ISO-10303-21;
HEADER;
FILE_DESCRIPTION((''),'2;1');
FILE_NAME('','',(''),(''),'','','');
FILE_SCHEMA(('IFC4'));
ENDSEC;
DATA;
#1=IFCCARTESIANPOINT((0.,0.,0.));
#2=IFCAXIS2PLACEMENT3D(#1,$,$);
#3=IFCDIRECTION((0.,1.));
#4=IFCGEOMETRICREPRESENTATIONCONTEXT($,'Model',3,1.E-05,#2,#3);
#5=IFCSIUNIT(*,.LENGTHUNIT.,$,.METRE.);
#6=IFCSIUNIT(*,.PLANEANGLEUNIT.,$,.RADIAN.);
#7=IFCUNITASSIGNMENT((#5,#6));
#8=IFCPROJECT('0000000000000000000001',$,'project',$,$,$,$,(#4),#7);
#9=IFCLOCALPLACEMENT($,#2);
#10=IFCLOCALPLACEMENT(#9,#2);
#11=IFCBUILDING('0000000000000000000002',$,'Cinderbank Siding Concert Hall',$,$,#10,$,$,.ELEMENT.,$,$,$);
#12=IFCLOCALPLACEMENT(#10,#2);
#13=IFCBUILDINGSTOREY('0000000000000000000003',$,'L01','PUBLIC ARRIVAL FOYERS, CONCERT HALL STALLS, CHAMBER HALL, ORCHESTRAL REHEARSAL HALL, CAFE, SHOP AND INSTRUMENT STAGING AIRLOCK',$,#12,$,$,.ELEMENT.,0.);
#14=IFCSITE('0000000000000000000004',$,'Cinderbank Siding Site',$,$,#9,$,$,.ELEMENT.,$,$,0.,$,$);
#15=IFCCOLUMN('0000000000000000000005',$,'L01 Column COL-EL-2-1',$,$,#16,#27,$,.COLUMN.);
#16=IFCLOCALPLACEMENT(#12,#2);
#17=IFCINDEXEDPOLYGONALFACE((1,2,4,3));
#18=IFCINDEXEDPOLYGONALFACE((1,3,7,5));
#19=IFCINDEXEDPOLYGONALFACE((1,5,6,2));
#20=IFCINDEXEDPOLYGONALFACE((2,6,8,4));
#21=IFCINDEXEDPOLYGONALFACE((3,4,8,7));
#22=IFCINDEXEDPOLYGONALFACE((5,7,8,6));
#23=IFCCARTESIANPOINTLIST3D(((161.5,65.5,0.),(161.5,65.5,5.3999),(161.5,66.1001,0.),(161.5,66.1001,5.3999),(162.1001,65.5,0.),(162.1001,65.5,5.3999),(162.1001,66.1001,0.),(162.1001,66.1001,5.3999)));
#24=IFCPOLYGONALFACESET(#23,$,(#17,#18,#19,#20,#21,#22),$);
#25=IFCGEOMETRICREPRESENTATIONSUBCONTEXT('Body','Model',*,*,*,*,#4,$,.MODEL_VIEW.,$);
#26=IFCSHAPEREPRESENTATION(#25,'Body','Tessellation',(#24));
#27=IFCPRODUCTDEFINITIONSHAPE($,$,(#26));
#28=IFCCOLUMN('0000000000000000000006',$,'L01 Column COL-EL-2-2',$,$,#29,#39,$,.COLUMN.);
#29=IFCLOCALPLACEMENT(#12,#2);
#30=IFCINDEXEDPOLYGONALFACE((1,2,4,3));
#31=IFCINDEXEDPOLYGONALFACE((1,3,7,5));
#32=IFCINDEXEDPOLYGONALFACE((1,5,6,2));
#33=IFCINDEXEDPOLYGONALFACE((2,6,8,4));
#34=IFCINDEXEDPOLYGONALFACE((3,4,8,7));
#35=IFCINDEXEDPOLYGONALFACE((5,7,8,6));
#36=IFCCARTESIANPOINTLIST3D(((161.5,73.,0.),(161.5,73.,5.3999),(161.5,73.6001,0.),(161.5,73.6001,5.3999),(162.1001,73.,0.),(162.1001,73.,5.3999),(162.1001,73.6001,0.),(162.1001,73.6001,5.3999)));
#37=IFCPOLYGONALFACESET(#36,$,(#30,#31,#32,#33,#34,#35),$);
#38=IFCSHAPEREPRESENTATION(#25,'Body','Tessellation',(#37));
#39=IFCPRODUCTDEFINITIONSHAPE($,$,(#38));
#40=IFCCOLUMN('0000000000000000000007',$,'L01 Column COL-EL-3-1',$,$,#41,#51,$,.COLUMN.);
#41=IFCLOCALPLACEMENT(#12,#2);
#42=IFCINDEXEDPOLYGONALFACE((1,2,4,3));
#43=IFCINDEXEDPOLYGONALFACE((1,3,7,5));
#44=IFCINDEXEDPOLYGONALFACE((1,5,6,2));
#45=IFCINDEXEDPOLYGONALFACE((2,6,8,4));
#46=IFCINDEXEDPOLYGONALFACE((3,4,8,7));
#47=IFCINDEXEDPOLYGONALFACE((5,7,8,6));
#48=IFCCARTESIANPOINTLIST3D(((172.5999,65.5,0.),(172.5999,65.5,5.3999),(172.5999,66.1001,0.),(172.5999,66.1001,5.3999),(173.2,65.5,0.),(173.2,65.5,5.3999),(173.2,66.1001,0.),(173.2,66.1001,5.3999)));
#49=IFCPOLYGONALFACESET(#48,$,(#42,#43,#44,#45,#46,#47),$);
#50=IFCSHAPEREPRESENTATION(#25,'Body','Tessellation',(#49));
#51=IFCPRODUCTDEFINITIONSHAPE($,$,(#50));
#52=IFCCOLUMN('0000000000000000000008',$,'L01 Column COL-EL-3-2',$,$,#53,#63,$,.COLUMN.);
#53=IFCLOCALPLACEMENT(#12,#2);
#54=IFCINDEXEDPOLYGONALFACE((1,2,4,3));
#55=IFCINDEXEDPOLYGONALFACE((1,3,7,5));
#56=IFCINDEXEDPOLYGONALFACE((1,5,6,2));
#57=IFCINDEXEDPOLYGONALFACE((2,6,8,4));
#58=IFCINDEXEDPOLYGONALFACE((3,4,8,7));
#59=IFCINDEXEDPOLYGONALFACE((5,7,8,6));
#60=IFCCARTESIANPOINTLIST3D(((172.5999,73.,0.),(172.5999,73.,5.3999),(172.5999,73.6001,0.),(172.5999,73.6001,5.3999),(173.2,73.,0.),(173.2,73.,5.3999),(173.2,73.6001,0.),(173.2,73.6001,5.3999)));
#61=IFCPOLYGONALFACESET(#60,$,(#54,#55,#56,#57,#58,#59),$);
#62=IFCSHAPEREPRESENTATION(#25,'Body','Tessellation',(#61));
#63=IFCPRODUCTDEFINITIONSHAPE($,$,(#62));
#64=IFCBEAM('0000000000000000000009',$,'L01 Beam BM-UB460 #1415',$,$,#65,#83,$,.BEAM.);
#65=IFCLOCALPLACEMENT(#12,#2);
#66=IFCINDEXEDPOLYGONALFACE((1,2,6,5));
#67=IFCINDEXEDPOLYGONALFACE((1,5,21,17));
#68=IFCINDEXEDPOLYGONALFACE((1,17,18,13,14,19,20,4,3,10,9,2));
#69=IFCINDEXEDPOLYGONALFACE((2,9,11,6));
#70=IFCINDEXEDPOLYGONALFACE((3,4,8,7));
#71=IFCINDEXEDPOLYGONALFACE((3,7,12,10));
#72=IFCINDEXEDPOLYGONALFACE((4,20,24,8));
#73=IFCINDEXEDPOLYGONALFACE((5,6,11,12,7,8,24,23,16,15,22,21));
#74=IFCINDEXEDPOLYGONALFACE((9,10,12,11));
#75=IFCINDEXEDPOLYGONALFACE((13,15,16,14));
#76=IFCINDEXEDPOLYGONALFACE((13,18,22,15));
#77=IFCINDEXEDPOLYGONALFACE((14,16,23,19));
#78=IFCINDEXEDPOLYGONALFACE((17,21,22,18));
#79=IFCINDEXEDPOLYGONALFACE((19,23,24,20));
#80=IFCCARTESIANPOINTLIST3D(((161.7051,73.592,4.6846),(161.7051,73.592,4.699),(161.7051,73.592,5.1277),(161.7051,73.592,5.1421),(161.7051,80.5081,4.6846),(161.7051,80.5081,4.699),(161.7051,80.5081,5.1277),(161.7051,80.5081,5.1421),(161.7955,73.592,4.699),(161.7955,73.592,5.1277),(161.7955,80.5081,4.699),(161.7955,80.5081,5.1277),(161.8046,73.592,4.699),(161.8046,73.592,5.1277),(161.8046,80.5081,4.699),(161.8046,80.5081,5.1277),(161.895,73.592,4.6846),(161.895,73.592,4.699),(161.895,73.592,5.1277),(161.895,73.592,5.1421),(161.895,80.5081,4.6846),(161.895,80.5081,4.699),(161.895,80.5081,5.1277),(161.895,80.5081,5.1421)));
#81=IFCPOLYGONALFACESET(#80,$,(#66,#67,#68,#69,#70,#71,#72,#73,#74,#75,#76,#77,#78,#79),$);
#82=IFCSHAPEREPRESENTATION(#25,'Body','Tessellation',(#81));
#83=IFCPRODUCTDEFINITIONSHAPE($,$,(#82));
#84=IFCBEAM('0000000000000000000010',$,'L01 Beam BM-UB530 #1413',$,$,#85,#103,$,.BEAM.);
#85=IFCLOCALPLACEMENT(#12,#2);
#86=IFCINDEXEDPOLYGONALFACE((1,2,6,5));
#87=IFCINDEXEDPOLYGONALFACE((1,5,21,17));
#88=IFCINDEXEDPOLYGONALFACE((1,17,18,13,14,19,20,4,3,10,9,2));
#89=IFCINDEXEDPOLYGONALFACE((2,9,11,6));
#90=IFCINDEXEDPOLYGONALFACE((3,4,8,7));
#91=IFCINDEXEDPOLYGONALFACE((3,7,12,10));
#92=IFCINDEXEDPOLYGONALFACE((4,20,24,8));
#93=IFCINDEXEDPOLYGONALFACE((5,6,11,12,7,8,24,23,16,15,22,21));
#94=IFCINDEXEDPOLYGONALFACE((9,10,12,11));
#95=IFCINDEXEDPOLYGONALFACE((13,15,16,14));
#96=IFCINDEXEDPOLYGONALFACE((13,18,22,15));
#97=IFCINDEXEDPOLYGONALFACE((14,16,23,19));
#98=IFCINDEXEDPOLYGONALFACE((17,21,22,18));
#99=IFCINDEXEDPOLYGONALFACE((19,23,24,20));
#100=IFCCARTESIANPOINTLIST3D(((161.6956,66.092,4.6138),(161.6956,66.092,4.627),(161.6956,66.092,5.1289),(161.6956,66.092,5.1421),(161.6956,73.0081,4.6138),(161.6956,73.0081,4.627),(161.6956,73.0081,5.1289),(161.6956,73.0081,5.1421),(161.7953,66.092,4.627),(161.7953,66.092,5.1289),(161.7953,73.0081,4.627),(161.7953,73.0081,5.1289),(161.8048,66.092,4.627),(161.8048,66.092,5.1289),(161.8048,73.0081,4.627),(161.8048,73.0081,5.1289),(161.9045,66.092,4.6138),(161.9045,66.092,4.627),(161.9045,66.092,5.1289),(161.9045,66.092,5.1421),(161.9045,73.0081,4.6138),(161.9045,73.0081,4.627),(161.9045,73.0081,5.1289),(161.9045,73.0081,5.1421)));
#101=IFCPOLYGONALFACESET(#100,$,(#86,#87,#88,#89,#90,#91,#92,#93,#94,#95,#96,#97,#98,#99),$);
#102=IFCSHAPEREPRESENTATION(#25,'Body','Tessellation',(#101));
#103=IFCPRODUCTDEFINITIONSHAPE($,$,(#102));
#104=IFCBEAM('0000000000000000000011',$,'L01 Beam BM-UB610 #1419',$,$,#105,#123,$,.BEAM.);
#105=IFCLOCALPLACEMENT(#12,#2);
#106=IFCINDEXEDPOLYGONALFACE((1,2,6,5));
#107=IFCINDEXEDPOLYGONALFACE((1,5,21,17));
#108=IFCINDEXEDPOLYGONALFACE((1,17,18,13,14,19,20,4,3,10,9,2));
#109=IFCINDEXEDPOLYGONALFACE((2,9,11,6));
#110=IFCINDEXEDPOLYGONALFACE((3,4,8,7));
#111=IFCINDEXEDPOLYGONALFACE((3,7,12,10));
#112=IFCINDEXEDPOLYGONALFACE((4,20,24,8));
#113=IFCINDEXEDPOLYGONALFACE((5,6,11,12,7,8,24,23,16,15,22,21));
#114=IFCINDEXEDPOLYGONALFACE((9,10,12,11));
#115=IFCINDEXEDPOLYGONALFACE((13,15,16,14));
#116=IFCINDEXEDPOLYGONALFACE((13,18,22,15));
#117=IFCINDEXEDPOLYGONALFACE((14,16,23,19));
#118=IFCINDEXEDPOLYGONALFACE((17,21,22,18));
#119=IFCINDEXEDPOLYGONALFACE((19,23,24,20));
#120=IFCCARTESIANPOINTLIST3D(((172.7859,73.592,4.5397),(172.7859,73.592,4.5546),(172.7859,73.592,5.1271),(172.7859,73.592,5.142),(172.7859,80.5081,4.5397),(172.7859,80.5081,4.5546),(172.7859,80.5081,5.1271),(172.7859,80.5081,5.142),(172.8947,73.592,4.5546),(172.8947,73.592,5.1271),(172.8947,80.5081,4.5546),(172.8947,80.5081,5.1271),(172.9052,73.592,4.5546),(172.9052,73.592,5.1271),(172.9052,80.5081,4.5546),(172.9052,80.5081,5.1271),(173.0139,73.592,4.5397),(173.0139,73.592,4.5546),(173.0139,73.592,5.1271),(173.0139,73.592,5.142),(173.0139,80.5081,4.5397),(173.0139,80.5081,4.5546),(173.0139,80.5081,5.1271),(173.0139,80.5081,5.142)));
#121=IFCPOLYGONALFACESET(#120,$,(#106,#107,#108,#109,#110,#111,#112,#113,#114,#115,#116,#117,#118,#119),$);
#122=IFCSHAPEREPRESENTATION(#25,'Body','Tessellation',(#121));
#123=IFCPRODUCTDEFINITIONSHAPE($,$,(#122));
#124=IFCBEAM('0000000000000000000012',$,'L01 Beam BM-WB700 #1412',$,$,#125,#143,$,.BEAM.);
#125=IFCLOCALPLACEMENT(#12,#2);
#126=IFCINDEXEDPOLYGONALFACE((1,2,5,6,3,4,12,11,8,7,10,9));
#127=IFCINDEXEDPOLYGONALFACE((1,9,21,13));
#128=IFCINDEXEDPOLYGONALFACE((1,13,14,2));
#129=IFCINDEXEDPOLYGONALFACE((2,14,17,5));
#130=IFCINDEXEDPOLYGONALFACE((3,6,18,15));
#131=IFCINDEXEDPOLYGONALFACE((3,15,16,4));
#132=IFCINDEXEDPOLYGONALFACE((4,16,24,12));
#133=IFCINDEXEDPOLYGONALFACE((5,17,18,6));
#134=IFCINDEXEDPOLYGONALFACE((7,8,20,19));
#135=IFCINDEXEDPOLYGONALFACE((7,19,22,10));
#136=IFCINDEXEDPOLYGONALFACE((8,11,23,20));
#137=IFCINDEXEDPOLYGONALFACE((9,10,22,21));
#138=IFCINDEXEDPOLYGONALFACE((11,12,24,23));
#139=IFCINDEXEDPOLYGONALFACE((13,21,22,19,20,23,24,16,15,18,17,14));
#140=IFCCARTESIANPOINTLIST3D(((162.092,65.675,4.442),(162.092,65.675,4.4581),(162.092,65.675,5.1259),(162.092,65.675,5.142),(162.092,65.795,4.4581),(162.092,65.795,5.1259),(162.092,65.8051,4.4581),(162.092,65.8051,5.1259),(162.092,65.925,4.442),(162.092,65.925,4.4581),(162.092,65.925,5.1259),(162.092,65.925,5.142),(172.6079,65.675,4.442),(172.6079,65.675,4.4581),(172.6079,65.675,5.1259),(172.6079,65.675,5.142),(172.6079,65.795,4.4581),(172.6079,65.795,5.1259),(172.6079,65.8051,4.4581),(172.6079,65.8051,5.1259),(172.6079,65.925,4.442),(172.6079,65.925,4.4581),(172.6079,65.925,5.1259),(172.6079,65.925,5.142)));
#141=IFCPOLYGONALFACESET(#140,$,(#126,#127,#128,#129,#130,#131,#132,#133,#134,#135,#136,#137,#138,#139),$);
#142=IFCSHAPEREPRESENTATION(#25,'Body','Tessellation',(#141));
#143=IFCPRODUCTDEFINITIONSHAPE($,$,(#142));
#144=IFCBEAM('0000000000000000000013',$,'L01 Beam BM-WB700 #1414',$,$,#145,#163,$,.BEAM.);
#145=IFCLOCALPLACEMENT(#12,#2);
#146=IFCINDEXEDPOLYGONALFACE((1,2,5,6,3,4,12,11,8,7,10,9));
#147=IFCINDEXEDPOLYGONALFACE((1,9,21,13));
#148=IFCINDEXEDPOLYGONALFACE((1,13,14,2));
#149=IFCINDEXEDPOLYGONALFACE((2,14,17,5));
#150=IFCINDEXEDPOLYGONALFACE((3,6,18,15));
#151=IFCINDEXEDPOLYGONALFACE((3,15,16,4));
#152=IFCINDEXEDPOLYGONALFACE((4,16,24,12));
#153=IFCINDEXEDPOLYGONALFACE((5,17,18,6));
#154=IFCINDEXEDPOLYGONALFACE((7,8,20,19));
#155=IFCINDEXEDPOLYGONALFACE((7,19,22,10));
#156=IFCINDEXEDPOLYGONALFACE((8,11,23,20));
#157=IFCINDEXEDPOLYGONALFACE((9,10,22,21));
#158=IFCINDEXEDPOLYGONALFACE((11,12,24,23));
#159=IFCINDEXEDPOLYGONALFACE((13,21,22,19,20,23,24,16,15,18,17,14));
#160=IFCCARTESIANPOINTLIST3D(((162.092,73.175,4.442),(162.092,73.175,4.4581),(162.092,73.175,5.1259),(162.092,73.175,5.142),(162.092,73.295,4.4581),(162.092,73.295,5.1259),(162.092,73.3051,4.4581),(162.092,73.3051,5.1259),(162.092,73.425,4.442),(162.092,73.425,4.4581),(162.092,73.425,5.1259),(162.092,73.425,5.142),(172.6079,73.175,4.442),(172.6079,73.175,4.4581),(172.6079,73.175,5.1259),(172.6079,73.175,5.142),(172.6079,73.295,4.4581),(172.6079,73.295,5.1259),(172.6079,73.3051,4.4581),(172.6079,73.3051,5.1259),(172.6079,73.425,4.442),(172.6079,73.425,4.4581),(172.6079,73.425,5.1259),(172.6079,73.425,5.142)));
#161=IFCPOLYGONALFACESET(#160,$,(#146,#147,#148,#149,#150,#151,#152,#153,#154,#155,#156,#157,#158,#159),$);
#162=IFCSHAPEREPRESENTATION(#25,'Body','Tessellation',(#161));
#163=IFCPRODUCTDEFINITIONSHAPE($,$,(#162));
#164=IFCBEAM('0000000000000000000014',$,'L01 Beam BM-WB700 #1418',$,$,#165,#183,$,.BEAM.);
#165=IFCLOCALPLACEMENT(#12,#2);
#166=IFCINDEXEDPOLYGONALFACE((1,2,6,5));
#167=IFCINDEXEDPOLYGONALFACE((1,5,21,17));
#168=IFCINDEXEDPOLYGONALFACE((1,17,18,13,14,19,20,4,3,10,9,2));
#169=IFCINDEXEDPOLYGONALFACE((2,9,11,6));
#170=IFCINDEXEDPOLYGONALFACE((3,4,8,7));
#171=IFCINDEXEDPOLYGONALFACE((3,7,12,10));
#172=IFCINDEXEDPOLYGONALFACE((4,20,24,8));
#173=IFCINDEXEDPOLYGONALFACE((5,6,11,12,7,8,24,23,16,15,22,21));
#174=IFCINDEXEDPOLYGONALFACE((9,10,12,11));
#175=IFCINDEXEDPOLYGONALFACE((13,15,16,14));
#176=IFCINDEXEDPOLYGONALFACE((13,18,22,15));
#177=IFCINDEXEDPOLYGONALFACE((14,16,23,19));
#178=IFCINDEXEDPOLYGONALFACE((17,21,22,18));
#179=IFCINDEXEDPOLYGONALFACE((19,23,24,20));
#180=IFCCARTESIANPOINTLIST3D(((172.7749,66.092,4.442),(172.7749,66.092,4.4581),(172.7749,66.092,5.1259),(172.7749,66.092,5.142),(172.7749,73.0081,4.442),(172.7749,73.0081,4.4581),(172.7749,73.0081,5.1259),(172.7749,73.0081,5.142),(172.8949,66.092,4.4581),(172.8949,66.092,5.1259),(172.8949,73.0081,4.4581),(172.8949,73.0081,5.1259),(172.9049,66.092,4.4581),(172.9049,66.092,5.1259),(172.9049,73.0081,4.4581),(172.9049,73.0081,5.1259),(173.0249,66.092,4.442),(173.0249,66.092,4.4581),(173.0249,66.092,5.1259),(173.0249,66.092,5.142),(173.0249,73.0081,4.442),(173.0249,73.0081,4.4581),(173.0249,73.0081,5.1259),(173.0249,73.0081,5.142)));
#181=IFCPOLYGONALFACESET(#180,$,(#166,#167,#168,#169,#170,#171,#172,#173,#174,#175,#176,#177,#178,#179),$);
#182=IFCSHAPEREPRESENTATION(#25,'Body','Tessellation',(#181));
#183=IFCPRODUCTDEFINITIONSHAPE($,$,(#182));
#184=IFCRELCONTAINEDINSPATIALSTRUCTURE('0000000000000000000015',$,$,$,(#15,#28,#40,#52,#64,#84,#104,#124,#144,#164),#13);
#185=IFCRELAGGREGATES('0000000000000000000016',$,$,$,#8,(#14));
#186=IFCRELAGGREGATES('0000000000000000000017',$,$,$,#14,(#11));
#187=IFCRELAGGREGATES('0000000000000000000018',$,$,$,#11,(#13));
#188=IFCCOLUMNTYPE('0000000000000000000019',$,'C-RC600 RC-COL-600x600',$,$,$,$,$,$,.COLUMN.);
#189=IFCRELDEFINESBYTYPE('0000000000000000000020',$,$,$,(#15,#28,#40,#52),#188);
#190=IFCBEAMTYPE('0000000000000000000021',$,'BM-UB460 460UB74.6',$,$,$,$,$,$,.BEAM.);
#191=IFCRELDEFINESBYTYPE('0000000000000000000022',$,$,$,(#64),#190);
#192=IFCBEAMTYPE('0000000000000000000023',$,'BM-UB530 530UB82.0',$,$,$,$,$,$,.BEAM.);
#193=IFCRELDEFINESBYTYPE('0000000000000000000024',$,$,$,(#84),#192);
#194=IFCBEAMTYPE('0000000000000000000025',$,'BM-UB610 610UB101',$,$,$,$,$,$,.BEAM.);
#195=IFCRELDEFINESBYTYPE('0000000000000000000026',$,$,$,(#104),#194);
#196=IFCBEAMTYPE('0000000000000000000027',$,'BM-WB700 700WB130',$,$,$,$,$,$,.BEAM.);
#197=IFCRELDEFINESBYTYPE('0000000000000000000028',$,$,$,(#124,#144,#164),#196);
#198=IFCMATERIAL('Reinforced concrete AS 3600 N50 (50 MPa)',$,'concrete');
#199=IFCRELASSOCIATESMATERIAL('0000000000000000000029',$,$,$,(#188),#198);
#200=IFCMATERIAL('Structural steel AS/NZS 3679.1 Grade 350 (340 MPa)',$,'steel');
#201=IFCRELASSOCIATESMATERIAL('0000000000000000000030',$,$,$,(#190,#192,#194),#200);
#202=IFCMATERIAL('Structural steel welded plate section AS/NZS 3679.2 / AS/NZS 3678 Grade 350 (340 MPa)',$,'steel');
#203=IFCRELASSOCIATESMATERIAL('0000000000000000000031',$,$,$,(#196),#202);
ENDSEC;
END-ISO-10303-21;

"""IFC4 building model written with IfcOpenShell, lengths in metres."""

from ifc_helpers import new_model, si_unit, direction, frame, origin, origin_2d, place, context, subcontext, project, spatial, rectangle, i_section, extrude, material, material_profile, profile_set, type_object, element, save


model = new_model("IFC4")

# Units and contexts
model_context = context("Model", 3, precision=1e-05, world=origin(), true_north=direction((0.0, 1.0)))
body_context = subcontext(model_context, "Body", "Model", "MODEL_VIEW")
ifc_project = project(units=[si_unit("LENGTHUNIT", "METRE"), si_unit("PLANEANGLEUNIT", "RADIAN")], contexts=[model_context])

# Site, building, storey
site_placement = place(None, origin())
site = spatial("IfcSite", under=ifc_project, at=site_placement, Name="Cinderbank Siding Site", CompositionType="ELEMENT", RefElevation=0.0)
building_placement = place(site_placement, origin())
building = spatial("IfcBuilding", under=site, at=building_placement, Name="Cinderbank Siding Concert Hall", CompositionType="ELEMENT")
storey_placement = place(building_placement, origin())
storey = spatial("IfcBuildingStorey", under=building, at=storey_placement, Name="L01", Description="PUBLIC ARRIVAL FOYERS, CONCERT HALL STALLS, CHAMBER HALL, ORCHESTRAL REHEARSAL HALL, CAFE, SHOP AND INSTRUMENT STAGING AIRLOCK", CompositionType="ELEMENT", Elevation=0.0)

# Columns
ifc_material_1 = material(Name="Reinforced concrete AS 3600 N50 (50 MPa)", Category="concrete")
ifc_material_profile_1 = material_profile(ifc_material_1, rectangle(XDim=0.6001, YDim=0.6001, at=origin_2d()), Name="RC-COL-600x600", Category="LoadBearing")
ifc_profile_set_1 = profile_set([ifc_material_profile_1], Name="Reinforced concrete AS 3600 N50 (50 MPa)")
column_type = type_object("IfcColumnType", Name="C-RC600 RC-COL-600x600", PredefinedType="COLUMN", material=ifc_profile_set_1)
for number, where, z_axis, x_axis, name in (
    (1, (161.8, 65.8, 0.0), (0.0, 0.0, 1.0), (1.0, 0.0, 0.0), "L01 Column COL-EL-2-1"),
    (2, (161.8, 73.3, 0.0), (0.0, 0.0, 1.0), (1.0, 0.0, 0.0), "L01 Column COL-EL-2-2"),
    (3, (172.8999, 65.8, 0.0), (0.0, 0.0, 1.0), (1.0, 0.0, 0.0), "L01 Column COL-EL-3-1"),
    (4, (172.8999, 73.3, 0.0), (0.0, 0.0, 1.0), (1.0, 0.0, 0.0), "L01 Column COL-EL-3-2"),
):
    element("IfcColumn", number, at=place(storey_placement, frame(where, z_axis=z_axis, x_axis=x_axis)), inside=storey, type_object=column_type, Name=name, PredefinedType="COLUMN", context=body_context, shape_type="SweptSolid", body=[
        extrude(rectangle(XDim=0.6001, YDim=0.6001, at=origin_2d()), origin(), (0.0, 0.0, 1.0), 5.3999),
    ])

# Beams
ifc_material_2 = material(Name="Structural steel AS/NZS 3679.1 Grade 350 (340 MPa)", Category="steel")
ifc_material_profile_2 = material_profile(ifc_material_2, i_section(OverallWidth=0.1899, OverallDepth=0.4575, WebThickness=0.009, FlangeThickness=0.0144, at=origin_2d()), Name="460UB74.6", Category="LoadBearing")
ifc_profile_set_2 = profile_set([ifc_material_profile_2], Name="Structural steel AS/NZS 3679.1 Grade 350 (340 MPa)")
beam_type_1 = type_object("IfcBeamType", Name="BM-UB460 460UB74.6", PredefinedType="BEAM", material=ifc_profile_set_2)
beam_1_placement = place(storey_placement, frame((161.8, 73.592, 4.9133), z_axis=(0.0, 1.0, 0.0), x_axis=(-1.0, 0.0, 0.0)))
element("IfcBeam", 5, at=beam_1_placement, inside=storey, type_object=beam_type_1, Name="L01 Beam BM-UB460 #1415", PredefinedType="BEAM", context=body_context, shape_type="SweptSolid", body=[
    extrude(i_section(OverallWidth=0.1899, OverallDepth=0.4575, WebThickness=0.009, FlangeThickness=0.0144, at=origin_2d()), origin(), (0.0, 0.0, 1.0), 6.916),
])
ifc_material_profile_3 = material_profile(ifc_material_2, i_section(OverallWidth=0.209, OverallDepth=0.5283, WebThickness=0.0095, FlangeThickness=0.0132, at=origin_2d()), Name="530UB82.0", Category="LoadBearing")
ifc_profile_set_3 = profile_set([ifc_material_profile_3], Name="Structural steel AS/NZS 3679.1 Grade 350 (340 MPa)")
beam_type_2 = type_object("IfcBeamType", Name="BM-UB530 530UB82.0", PredefinedType="BEAM", material=ifc_profile_set_3)
beam_2_placement = place(storey_placement, frame((161.8, 66.092, 4.8779), z_axis=(0.0, 1.0, 0.0), x_axis=(-1.0, 0.0, 0.0)))
element("IfcBeam", 6, at=beam_2_placement, inside=storey, type_object=beam_type_2, Name="L01 Beam BM-UB530 #1413", PredefinedType="BEAM", context=body_context, shape_type="SweptSolid", body=[
    extrude(i_section(OverallWidth=0.209, OverallDepth=0.5283, WebThickness=0.0095, FlangeThickness=0.0132, at=origin_2d()), origin(), (0.0, 0.0, 1.0), 6.916),
])
ifc_material_profile_4 = material_profile(ifc_material_2, i_section(OverallWidth=0.228, OverallDepth=0.6023, WebThickness=0.0105, FlangeThickness=0.0149, at=origin_2d()), Name="610UB101", Category="LoadBearing")
ifc_profile_set_4 = profile_set([ifc_material_profile_4], Name="Structural steel AS/NZS 3679.1 Grade 350 (340 MPa)")
beam_type_3 = type_object("IfcBeamType", Name="BM-UB610 610UB101", PredefinedType="BEAM", material=ifc_profile_set_4)
beam_3_placement = place(storey_placement, frame((172.8999, 73.592, 4.8408), z_axis=(0.0, 1.0, 0.0), x_axis=(-1.0, 0.0, 0.0)))
element("IfcBeam", 7, at=beam_3_placement, inside=storey, type_object=beam_type_3, Name="L01 Beam BM-UB610 #1419", PredefinedType="BEAM", context=body_context, shape_type="SweptSolid", body=[
    extrude(i_section(OverallWidth=0.228, OverallDepth=0.6023, WebThickness=0.0105, FlangeThickness=0.0149, at=origin_2d()), origin(), (0.0, 0.0, 1.0), 6.916),
])
ifc_material_3 = material(Name="Structural steel welded plate section AS/NZS 3679.2 / AS/NZS 3678 Grade 350 (340 MPa)", Category="steel")
ifc_material_profile_5 = material_profile(ifc_material_3, i_section(OverallWidth=0.25, OverallDepth=0.7, WebThickness=0.01, FlangeThickness=0.0161, at=origin_2d()), Name="700WB130", Category="LoadBearing")
ifc_profile_set_5 = profile_set([ifc_material_profile_5], Name="Structural steel welded plate section AS/NZS 3679.2 / AS/NZS 3678 Grade 350 (340 MPa)")
beam_type_4 = type_object("IfcBeamType", Name="BM-WB700 700WB130", PredefinedType="BEAM", material=ifc_profile_set_5)
for number, where, z_axis, x_axis, name in (
    (8, (162.092, 65.8, 4.792), (1.0, 0.0, 0.0), (0.0, 1.0, 0.0), "L01 Beam BM-WB700 #1412"),
    (9, (162.092, 73.3, 4.792), (1.0, 0.0, 0.0), (0.0, 1.0, 0.0), "L01 Beam BM-WB700 #1414"),
):
    element("IfcBeam", number, at=place(storey_placement, frame(where, z_axis=z_axis, x_axis=x_axis)), inside=storey, type_object=beam_type_4, Name=name, PredefinedType="BEAM", context=body_context, shape_type="SweptSolid", body=[
        extrude(i_section(OverallWidth=0.25, OverallDepth=0.7, WebThickness=0.01, FlangeThickness=0.0161, at=origin_2d()), origin(), (0.0, 0.0, 1.0), 10.5159),
    ])
beam_4_placement = place(storey_placement, frame((172.8999, 66.092, 4.792), z_axis=(0.0, 1.0, 0.0), x_axis=(-1.0, 0.0, 0.0)))
element("IfcBeam", 10, at=beam_4_placement, inside=storey, type_object=beam_type_4, Name="L01 Beam BM-WB700 #1418", PredefinedType="BEAM", context=body_context, shape_type="SweptSolid", body=[
    extrude(i_section(OverallWidth=0.25, OverallDepth=0.7, WebThickness=0.01, FlangeThickness=0.0161, at=origin_2d()), origin(), (0.0, 0.0, 1.0), 6.916),
])

save(model, "model.ifc")
